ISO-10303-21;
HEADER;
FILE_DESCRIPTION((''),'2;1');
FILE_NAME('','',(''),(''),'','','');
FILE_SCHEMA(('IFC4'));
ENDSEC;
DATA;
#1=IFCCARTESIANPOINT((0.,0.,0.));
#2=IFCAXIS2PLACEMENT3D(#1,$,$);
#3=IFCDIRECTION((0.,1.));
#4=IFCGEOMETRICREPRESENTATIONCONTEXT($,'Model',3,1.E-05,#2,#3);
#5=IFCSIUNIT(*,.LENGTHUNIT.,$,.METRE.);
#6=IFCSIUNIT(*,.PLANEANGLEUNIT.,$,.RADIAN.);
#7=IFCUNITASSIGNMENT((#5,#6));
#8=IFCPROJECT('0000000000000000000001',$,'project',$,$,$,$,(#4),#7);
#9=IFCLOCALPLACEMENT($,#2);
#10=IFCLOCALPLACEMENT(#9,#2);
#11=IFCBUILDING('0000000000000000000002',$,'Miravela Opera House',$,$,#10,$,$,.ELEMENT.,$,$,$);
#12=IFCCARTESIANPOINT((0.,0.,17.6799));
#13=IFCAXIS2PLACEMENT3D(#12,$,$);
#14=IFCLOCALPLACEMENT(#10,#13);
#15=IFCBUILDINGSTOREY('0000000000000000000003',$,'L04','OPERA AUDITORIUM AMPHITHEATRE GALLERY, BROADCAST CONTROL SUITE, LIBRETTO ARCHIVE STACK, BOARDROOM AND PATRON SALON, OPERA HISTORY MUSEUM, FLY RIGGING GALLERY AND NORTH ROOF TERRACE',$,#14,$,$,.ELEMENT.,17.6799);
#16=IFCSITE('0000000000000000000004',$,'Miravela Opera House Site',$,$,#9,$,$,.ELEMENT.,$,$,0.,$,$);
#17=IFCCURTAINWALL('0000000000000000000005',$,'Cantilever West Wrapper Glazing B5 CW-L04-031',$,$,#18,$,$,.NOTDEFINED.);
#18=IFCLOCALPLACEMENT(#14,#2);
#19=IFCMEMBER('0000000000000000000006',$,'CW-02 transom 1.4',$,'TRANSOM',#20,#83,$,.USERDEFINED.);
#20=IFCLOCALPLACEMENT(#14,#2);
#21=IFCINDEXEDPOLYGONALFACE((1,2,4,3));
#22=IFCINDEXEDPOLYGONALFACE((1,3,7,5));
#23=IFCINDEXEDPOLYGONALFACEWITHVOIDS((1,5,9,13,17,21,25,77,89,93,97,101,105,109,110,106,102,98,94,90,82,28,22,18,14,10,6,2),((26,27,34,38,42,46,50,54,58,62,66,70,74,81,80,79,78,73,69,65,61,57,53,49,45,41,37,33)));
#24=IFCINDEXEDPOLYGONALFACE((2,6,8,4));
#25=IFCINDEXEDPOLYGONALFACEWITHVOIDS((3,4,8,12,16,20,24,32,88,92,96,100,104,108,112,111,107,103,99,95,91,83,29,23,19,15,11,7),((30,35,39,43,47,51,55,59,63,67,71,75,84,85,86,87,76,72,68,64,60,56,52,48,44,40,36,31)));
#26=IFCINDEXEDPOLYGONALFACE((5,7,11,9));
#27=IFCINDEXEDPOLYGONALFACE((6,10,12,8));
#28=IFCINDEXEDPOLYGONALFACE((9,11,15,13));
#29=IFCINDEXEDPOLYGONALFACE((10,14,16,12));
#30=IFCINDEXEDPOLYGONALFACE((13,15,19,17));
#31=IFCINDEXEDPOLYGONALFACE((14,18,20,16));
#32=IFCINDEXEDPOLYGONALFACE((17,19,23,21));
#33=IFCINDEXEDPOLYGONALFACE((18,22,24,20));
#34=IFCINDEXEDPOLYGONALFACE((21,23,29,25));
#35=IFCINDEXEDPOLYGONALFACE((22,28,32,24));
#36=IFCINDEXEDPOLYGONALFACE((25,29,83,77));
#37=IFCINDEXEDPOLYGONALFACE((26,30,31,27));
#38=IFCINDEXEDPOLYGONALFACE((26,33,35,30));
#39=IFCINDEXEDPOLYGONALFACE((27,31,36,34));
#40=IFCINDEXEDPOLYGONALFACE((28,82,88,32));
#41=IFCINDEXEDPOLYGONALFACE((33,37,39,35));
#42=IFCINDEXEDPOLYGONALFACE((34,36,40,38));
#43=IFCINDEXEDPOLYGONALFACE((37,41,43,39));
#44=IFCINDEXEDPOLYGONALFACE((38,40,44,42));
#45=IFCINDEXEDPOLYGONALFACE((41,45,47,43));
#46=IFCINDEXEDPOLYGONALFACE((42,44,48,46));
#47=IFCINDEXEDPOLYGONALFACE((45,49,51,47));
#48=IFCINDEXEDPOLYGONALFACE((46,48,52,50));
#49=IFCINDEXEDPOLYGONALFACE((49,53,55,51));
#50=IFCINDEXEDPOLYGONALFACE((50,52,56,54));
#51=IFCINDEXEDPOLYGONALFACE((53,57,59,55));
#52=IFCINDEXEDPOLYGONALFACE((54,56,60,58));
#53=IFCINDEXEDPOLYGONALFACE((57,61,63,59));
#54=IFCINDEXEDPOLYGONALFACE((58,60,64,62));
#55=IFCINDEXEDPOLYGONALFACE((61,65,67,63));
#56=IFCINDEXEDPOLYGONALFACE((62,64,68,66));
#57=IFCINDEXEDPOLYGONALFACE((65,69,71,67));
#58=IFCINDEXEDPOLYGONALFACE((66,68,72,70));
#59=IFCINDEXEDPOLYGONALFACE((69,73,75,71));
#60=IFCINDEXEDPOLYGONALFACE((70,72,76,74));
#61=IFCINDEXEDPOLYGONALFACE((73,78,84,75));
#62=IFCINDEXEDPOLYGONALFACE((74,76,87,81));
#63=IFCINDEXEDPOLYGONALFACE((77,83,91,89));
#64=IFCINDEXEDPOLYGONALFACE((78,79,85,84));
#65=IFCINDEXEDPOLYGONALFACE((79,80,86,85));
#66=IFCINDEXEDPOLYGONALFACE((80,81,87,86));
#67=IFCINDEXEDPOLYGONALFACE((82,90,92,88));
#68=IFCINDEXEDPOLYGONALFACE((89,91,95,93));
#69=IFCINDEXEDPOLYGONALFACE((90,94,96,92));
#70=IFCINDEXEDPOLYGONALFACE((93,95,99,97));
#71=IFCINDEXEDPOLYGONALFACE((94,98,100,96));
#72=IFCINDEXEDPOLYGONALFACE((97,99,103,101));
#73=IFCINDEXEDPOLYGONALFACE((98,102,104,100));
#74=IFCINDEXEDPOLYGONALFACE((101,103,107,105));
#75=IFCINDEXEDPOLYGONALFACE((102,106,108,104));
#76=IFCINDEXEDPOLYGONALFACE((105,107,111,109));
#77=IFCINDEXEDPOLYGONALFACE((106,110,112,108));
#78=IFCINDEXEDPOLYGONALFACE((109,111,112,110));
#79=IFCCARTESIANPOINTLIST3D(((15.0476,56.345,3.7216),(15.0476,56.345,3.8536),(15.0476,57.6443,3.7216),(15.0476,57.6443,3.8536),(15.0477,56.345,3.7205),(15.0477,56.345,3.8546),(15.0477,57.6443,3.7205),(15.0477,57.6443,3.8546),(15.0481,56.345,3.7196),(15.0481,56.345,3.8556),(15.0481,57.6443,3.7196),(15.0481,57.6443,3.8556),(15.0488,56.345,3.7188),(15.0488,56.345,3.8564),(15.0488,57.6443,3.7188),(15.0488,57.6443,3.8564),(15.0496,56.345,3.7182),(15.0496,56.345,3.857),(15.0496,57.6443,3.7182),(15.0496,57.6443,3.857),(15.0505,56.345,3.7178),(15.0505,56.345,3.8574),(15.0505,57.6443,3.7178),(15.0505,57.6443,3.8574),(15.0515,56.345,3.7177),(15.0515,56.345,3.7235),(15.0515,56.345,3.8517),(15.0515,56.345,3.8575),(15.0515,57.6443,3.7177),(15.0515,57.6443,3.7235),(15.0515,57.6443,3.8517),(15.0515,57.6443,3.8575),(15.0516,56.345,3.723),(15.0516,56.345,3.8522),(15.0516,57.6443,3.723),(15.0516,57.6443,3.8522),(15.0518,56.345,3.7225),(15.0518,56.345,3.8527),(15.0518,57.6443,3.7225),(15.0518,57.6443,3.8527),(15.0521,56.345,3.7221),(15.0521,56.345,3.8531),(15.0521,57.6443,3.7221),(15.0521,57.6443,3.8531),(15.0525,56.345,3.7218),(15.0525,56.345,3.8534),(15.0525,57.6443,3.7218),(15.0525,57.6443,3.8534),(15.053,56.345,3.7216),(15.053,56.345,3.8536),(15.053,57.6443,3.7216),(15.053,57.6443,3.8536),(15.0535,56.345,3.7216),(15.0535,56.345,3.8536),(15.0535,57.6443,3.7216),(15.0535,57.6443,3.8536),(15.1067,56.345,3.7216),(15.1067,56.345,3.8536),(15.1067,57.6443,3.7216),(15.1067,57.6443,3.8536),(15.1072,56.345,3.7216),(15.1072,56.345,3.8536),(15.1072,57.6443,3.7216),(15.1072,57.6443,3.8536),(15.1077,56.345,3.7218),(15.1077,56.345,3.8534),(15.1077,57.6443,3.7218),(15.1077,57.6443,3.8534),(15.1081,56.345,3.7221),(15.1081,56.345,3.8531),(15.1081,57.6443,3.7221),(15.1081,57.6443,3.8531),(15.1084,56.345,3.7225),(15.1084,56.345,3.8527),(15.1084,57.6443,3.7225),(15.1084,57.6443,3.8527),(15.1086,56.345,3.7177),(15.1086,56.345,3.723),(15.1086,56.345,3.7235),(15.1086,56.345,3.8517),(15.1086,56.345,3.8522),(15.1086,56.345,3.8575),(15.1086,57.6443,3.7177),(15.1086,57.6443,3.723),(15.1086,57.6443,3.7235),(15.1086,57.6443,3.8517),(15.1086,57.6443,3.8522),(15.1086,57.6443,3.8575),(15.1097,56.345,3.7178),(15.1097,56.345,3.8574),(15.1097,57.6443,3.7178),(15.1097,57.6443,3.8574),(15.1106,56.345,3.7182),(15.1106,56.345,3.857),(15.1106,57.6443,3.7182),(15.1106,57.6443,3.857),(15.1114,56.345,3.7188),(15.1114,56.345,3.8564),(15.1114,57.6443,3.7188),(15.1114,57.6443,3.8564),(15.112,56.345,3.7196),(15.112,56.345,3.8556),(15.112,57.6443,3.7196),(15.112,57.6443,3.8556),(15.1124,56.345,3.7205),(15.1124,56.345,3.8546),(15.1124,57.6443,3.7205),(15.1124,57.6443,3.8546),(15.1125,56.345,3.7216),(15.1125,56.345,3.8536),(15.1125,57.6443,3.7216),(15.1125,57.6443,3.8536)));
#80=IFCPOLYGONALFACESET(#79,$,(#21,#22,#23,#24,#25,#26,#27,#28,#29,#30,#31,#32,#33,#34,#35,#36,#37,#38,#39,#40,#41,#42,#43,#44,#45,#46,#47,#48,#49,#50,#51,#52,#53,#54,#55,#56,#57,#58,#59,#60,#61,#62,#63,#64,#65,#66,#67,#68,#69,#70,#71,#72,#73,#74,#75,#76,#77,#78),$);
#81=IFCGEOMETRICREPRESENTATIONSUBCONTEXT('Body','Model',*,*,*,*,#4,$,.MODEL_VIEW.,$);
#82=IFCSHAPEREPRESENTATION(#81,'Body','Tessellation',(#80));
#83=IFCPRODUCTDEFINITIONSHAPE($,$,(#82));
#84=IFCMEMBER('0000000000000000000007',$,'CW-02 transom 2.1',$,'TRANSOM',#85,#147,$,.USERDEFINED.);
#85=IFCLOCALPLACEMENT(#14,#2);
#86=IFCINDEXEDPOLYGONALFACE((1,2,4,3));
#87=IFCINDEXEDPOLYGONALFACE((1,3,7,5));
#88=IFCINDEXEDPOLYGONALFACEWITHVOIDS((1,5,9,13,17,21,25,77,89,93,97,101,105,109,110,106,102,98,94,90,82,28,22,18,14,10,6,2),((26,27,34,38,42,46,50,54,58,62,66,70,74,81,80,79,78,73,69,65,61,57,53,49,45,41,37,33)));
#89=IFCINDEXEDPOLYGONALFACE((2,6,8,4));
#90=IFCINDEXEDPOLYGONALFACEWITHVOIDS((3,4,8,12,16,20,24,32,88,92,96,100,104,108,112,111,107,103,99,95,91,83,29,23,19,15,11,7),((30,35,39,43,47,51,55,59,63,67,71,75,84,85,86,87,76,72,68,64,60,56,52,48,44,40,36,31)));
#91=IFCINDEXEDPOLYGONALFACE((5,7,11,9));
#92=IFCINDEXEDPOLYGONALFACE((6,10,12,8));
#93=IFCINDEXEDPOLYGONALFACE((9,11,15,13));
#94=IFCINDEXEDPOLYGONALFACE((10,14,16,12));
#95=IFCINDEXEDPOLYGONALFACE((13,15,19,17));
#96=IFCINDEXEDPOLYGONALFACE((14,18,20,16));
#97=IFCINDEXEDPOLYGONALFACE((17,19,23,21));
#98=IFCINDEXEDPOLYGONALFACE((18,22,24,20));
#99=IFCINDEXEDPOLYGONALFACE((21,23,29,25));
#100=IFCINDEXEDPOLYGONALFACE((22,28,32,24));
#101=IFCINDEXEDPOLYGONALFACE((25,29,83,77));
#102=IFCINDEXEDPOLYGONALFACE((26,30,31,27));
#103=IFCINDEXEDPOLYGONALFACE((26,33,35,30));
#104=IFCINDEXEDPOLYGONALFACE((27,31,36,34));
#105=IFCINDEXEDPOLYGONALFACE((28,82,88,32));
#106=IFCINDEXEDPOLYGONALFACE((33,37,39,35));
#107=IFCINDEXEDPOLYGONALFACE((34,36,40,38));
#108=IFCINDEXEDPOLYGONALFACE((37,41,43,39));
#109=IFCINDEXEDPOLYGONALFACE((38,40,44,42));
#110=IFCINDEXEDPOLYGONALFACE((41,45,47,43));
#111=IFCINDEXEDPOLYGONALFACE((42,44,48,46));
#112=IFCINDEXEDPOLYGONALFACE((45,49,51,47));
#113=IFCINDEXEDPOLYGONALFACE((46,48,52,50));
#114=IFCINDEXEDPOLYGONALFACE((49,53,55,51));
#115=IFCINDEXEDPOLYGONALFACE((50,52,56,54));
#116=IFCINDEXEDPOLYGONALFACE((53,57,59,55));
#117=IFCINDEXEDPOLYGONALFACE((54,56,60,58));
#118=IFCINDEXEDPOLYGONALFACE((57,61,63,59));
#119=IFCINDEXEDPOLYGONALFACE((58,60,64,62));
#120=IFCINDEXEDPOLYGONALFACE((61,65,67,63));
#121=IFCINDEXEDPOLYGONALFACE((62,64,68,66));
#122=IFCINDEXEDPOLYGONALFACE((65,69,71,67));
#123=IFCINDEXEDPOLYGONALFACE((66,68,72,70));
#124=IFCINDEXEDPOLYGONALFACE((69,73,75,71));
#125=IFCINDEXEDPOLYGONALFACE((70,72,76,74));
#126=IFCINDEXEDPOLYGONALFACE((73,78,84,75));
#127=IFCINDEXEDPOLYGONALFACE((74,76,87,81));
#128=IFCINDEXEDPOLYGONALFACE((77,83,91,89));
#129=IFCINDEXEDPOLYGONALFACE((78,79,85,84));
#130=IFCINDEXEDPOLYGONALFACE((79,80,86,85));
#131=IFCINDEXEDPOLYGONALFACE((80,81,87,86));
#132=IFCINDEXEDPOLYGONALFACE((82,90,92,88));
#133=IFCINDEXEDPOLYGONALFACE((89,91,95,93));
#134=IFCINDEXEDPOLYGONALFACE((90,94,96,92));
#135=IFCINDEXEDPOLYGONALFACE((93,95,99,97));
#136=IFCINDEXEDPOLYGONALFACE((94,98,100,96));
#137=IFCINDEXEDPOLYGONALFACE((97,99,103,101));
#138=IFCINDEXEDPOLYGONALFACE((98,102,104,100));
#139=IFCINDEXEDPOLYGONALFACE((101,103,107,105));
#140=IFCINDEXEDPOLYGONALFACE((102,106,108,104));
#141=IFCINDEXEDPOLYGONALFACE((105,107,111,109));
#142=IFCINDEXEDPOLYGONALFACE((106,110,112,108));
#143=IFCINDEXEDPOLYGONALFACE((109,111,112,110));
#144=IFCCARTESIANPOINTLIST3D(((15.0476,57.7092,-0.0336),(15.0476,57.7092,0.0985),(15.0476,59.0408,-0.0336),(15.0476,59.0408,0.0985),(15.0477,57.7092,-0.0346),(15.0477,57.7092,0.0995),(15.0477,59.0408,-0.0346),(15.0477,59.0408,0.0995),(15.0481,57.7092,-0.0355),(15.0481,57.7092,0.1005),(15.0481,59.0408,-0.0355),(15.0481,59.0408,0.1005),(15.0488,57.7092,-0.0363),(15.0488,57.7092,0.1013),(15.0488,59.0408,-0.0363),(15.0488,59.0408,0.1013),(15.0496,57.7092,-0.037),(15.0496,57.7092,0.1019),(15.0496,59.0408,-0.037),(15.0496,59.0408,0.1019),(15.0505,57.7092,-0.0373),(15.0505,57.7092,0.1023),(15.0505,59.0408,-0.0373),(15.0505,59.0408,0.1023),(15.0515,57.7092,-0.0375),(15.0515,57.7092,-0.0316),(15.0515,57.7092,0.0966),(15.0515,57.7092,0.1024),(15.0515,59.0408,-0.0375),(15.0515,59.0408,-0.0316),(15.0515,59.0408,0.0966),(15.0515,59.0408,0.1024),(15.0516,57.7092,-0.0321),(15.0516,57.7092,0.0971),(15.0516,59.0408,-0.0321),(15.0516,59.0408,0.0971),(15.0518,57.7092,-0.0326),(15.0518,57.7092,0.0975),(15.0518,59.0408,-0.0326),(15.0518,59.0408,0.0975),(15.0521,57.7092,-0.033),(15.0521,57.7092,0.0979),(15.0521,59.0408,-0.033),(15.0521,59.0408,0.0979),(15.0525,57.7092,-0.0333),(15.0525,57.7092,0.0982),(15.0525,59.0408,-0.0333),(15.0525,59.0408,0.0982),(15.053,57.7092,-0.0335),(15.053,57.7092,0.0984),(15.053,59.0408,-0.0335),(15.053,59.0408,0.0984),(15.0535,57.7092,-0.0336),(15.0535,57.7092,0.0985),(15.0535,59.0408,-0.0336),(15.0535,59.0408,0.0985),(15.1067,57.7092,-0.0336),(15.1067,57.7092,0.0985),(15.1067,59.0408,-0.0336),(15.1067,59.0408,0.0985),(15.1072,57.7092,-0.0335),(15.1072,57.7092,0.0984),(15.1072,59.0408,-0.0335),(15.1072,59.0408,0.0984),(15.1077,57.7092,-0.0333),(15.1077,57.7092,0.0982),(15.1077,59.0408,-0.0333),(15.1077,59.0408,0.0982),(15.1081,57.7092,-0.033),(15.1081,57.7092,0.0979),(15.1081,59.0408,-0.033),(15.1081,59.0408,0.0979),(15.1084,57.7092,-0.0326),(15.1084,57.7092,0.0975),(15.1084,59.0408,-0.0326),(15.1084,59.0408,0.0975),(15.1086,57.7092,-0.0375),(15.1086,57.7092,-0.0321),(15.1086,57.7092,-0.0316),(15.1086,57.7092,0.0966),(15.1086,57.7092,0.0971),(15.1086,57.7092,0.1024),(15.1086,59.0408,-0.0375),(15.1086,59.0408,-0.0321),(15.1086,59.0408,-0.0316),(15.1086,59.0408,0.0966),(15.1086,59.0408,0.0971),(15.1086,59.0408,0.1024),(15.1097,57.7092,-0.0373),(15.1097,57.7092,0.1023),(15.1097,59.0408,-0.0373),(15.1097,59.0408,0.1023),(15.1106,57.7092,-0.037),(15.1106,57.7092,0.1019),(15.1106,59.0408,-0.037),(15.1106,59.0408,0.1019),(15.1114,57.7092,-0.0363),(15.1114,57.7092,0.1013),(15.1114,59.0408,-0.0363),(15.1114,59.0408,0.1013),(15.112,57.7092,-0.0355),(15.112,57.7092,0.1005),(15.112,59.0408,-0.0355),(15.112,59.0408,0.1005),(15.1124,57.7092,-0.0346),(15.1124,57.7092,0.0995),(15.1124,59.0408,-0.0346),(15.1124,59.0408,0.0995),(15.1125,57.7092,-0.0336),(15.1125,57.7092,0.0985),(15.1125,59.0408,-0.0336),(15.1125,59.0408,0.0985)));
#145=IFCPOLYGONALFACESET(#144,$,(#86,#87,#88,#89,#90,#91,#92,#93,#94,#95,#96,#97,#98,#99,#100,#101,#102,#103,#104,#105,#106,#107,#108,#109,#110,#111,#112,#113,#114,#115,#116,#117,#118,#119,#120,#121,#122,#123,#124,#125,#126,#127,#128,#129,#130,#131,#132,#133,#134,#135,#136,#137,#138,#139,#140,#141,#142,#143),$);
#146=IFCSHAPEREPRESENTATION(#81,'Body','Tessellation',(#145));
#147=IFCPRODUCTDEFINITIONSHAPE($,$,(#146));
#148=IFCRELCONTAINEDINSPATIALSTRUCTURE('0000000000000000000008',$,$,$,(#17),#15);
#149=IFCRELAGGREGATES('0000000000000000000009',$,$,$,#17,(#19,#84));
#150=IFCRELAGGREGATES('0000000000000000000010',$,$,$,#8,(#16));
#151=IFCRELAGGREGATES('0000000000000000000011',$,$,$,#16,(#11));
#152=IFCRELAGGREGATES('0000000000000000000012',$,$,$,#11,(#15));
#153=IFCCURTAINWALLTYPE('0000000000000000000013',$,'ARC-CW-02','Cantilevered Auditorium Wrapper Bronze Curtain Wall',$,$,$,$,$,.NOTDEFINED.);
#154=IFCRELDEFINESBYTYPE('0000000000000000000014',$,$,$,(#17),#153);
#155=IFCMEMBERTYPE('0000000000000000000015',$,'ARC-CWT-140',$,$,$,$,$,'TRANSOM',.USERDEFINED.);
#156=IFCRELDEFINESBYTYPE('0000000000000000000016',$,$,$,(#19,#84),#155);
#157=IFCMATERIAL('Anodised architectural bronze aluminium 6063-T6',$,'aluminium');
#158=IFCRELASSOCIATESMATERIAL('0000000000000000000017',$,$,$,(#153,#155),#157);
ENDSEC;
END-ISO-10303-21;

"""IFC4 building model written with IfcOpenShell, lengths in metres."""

from ifc_helpers import new_model, si_unit, direction, frame, origin, origin_2d, place, context, subcontext, project, spatial, hollow_rectangle, extrude, material, material_profile, profile_set, type_object, element, aggregate, save


model = new_model("IFC4")

# Units and contexts
model_context = context("Model", 3, precision=1e-05, world=origin(), true_north=direction((0.0, 1.0)))
body_context = subcontext(model_context, "Body", "Model", "MODEL_VIEW")
ifc_project = project(units=[si_unit("LENGTHUNIT", "METRE"), si_unit("PLANEANGLEUNIT", "RADIAN")], contexts=[model_context])

# Site, building, storey
site_placement = place(None, origin())
site = spatial("IfcSite", under=ifc_project, at=site_placement, Name="Miravela Opera House Site", CompositionType="ELEMENT", RefElevation=0.0)
building_placement = place(site_placement, origin())
building = spatial("IfcBuilding", under=site, at=building_placement, Name="Miravela Opera House", CompositionType="ELEMENT")
storey_placement = place(building_placement, frame((0.0, 0.0, 17.6799)))
storey = spatial("IfcBuildingStorey", under=building, at=storey_placement, Name="L04", Description="OPERA AUDITORIUM AMPHITHEATRE GALLERY, BROADCAST CONTROL SUITE, LIBRETTO ARCHIVE STACK, BOARDROOM AND PATRON SALON, OPERA HISTORY MUSEUM, FLY RIGGING GALLERY AND NORTH ROOF TERRACE", CompositionType="ELEMENT", Elevation=17.6799)

# Curtain wall, members
ifc_material_1 = material(Name="Anodised architectural bronze aluminium 6063-T6", Category="aluminium")
curtain_wall_type = type_object("IfcCurtainWallType", Name="ARC-CW-02", Description="Cantilevered Auditorium Wrapper Bronze Curtain Wall", PredefinedType="NOTDEFINED", material=ifc_material_1)
curtain_wall_placement = place(storey_placement, origin())
curtain_wall = element("IfcCurtainWall", 1, at=curtain_wall_placement, inside=storey, type_object=curtain_wall_type, Name="Cantilever West Wrapper Glazing B5 CW-L04-031", PredefinedType="NOTDEFINED")
ifc_material_profile_1 = material_profile(ifc_material_1, hollow_rectangle(XDim=0.0649, YDim=0.1399, WallThickness=0.0039, InnerFilletRadius=0.002, OuterFilletRadius=0.0039, at=origin_2d()), Name="CWT-65X140")
ifc_profile_set_1 = profile_set([ifc_material_profile_1])
member_type_1 = type_object("IfcMemberType", Name="ARC-CWT-140", ElementType="TRANSOM", PredefinedType="USERDEFINED", material=ifc_profile_set_1)
member_1_placement = place(storey_placement, frame((15.0801, 56.345, 3.7876), z_axis=(0.0, 1.0, 0.0), x_axis=(-1.0, 0.0, 0.0)))
member_1 = element("IfcMember", 2, at=member_1_placement, type_object=member_type_1, Name="CW-02 transom 1.4", ObjectType="TRANSOM", PredefinedType="USERDEFINED", context=body_context, shape_type="SweptSolid", body=[
    extrude(hollow_rectangle(XDim=0.0649, YDim=0.1399, WallThickness=0.0039, InnerFilletRadius=0.002, OuterFilletRadius=0.0039, at=origin_2d()), origin(), (0.0, 0.0, 1.0), 1.2993),
])
member_2_placement = place(storey_placement, frame((15.0801, 57.7092, 0.0325), z_axis=(0.0, 1.0, 0.0), x_axis=(-1.0, 0.0, 0.0)))
member_2 = element("IfcMember", 3, at=member_2_placement, type_object=member_type_1, Name="CW-02 transom 2.1", ObjectType="TRANSOM", PredefinedType="USERDEFINED", context=body_context, shape_type="SweptSolid", body=[
    extrude(hollow_rectangle(XDim=0.0649, YDim=0.1399, WallThickness=0.0039, InnerFilletRadius=0.002, OuterFilletRadius=0.0039, at=origin_2d()), origin(), (0.0, 0.0, 1.0), 1.3315),
])

aggregate(curtain_wall, [member_1, member_2])

save(model, "model.ifc")
